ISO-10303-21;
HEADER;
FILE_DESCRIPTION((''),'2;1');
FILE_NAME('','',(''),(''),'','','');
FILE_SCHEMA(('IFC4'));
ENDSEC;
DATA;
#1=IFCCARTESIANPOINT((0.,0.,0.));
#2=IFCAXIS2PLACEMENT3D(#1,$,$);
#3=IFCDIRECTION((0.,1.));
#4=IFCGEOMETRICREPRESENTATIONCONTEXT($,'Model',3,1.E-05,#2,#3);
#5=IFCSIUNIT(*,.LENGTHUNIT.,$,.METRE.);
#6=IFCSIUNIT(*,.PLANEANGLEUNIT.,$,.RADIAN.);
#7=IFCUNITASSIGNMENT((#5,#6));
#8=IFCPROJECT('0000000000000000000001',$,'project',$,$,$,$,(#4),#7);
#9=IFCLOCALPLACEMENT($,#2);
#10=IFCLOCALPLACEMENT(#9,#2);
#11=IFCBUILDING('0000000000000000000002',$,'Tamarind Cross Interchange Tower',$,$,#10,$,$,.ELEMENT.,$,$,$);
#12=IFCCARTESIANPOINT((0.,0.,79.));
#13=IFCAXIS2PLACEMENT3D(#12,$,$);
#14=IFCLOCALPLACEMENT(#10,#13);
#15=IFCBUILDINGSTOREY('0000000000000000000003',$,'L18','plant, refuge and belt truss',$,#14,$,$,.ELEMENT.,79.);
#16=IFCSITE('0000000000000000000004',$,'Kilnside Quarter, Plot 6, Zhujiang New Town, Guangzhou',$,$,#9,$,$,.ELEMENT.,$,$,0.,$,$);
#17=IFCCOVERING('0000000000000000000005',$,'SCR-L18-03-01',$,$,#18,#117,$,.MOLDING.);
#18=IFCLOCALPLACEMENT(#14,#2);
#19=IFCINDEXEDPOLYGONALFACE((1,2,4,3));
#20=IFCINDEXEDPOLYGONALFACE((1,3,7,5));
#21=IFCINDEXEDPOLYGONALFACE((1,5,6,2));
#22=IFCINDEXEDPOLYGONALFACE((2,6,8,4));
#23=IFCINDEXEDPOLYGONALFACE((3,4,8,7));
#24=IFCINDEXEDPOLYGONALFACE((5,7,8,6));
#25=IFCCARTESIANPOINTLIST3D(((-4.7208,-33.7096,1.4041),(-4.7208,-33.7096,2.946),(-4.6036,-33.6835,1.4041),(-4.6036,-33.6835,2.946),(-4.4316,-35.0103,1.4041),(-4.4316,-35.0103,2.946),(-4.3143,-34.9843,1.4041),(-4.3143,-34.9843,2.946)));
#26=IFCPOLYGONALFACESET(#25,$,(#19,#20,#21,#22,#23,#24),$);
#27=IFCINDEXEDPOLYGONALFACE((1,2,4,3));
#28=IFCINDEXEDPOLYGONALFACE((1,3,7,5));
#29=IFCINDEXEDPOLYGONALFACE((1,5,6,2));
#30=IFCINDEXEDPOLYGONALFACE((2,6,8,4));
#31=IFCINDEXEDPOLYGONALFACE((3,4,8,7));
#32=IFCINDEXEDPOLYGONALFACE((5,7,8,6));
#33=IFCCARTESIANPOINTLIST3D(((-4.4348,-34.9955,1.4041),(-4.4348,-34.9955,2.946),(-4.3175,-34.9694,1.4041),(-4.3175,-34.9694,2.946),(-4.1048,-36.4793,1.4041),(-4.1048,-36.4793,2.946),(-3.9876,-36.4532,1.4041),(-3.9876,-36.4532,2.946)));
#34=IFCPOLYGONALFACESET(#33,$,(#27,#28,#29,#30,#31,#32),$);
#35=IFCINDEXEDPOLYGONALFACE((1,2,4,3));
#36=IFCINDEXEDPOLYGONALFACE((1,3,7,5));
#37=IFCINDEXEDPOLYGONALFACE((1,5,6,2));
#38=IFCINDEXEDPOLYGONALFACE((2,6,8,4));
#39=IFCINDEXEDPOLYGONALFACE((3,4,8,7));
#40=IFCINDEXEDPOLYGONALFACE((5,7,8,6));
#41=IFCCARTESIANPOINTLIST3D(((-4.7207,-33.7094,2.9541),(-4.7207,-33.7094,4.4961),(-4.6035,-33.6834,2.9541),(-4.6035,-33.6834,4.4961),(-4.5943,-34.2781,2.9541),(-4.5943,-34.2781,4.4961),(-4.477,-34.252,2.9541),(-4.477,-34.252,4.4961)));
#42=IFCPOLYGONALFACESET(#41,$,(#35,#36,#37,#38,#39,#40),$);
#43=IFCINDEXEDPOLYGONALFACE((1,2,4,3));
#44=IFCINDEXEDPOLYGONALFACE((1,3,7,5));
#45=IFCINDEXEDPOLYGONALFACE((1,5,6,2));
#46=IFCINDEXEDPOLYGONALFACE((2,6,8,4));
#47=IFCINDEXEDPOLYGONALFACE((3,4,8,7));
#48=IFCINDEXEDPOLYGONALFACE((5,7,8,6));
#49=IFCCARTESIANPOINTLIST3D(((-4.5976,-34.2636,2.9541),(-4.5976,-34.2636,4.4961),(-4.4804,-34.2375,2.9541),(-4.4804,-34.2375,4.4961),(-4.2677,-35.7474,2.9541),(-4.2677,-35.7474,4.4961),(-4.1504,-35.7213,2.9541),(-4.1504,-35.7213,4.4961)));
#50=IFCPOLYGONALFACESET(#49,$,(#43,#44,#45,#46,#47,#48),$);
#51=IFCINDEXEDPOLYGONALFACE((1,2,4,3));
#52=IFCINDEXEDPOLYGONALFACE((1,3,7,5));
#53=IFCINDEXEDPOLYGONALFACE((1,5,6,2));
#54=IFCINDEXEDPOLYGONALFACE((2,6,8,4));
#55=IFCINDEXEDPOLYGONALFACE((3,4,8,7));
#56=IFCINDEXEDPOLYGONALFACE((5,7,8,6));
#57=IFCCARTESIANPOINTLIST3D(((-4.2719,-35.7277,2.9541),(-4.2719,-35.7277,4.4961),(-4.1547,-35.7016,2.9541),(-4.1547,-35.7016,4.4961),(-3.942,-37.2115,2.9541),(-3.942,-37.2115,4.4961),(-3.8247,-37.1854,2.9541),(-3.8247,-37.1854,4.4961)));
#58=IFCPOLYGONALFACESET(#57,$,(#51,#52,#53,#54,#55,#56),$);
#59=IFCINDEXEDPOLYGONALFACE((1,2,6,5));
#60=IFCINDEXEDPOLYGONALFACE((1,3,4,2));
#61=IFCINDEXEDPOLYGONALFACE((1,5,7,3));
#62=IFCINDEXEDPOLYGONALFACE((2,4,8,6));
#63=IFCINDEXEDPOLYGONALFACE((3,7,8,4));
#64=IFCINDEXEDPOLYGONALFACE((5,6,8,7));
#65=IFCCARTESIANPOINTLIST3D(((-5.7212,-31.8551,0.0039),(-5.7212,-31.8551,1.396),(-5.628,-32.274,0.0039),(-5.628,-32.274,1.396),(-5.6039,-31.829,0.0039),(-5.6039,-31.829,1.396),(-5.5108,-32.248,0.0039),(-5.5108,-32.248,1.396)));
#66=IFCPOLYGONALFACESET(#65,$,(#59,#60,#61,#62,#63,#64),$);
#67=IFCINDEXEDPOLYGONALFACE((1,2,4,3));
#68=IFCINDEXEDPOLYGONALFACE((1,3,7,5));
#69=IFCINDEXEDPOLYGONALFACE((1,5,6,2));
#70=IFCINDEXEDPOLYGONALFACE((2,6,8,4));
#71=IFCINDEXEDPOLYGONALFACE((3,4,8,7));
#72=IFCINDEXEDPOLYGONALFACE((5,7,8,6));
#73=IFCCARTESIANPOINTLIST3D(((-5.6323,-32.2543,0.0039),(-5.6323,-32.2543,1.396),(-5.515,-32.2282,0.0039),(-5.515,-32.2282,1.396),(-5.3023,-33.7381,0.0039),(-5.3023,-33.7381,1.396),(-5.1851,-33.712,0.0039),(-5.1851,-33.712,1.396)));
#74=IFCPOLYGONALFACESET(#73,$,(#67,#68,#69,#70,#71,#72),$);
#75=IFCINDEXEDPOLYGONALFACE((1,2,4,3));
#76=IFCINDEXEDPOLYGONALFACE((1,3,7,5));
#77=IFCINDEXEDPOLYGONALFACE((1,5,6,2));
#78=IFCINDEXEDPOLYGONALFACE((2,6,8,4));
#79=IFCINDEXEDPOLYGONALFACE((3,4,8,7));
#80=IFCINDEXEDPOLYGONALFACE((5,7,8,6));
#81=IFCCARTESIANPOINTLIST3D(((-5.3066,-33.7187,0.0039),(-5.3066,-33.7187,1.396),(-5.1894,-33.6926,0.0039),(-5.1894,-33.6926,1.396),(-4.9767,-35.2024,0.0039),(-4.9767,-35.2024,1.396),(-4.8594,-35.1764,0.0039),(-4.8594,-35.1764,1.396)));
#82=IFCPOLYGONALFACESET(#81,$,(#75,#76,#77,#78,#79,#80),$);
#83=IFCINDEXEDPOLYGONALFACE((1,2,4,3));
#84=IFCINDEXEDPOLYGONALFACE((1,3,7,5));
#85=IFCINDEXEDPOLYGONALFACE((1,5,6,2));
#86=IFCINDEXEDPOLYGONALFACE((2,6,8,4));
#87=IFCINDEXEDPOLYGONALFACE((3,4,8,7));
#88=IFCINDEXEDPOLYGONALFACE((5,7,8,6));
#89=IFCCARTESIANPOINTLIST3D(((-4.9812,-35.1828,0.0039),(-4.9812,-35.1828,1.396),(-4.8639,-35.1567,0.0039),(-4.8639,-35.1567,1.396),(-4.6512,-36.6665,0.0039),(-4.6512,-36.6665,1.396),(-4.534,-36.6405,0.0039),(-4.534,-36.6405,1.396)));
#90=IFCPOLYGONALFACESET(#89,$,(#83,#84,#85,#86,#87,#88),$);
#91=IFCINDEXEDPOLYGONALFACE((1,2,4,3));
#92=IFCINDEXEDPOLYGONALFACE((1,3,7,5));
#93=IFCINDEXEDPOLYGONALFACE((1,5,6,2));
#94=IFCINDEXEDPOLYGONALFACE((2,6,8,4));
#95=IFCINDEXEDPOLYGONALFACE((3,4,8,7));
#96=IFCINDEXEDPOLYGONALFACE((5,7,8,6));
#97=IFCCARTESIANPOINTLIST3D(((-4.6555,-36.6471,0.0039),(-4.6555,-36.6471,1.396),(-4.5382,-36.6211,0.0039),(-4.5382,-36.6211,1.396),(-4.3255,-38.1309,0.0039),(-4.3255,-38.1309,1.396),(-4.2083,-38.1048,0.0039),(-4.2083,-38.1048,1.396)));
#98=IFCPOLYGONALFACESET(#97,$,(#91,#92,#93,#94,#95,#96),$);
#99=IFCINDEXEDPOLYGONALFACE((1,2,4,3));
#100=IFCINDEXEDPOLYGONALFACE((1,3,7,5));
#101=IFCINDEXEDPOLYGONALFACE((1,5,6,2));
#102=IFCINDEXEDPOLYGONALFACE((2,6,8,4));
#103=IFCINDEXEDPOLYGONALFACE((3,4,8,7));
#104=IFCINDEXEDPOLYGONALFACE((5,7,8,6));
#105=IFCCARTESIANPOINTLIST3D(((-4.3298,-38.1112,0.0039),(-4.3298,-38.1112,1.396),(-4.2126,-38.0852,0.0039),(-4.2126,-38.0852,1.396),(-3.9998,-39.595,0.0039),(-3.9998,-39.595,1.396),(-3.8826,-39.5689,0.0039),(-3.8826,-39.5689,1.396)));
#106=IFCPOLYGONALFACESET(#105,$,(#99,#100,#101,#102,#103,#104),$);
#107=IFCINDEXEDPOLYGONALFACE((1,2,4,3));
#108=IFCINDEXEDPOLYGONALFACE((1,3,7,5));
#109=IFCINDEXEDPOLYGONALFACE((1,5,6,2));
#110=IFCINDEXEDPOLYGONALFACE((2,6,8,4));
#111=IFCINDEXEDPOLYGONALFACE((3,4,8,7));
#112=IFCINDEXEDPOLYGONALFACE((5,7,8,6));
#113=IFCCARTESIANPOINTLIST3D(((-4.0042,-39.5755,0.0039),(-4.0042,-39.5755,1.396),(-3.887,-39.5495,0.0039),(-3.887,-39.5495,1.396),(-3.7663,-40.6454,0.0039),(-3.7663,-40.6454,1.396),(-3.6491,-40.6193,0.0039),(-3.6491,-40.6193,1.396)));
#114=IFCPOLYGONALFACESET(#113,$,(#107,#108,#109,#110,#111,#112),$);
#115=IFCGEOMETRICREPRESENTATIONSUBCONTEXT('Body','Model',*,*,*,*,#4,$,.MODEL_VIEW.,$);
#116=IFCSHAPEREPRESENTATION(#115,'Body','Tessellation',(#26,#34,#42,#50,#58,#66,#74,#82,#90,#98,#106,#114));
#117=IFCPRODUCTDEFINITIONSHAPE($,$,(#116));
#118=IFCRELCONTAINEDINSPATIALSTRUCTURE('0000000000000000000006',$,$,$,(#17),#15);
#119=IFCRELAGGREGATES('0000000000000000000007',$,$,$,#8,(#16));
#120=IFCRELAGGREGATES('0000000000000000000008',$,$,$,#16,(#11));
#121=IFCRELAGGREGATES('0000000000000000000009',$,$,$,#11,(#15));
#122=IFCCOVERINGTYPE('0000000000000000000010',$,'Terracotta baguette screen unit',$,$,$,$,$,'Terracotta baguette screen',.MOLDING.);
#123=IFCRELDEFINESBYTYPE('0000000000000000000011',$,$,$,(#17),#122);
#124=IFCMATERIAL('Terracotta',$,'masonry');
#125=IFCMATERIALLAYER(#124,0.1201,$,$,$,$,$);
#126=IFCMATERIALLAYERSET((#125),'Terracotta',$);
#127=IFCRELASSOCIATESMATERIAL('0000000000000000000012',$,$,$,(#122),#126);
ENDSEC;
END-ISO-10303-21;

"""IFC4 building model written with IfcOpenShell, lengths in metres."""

from ifc_helpers import new_model, si_unit, direction, frame, origin, origin_2d, place, context, subcontext, project, spatial, rectangle, extrude, material, layer, layer_set, type_object, element, save


model = new_model("IFC4")

# Units and contexts
model_context = context("Model", 3, precision=1e-05, world=origin(), true_north=direction((0.0, 1.0)))
body_context = subcontext(model_context, "Body", "Model", "MODEL_VIEW")
ifc_project = project(units=[si_unit("LENGTHUNIT", "METRE"), si_unit("PLANEANGLEUNIT", "RADIAN")], contexts=[model_context])

# Site, building, storey
site_placement = place(None, origin())
site = spatial("IfcSite", under=ifc_project, at=site_placement, Name="Kilnside Quarter, Plot 6, Zhujiang New Town, Guangzhou", CompositionType="ELEMENT", RefElevation=0.0)
building_placement = place(site_placement, origin())
building = spatial("IfcBuilding", under=site, at=building_placement, Name="Tamarind Cross Interchange Tower", CompositionType="ELEMENT")
storey_placement = place(building_placement, frame((0.0, 0.0, 79.0)))
storey = spatial("IfcBuildingStorey", under=building, at=storey_placement, Name="L18", Description="plant, refuge and belt truss", CompositionType="ELEMENT", Elevation=79.0)

# Covering
ifc_material_1 = material(Name="Terracotta", Category="masonry")
ifc_layer_1 = layer(ifc_material_1, 0.1201)
ifc_layer_set_1 = layer_set([ifc_layer_1], Name="Terracotta")
covering_type = type_object("IfcCoveringType", Name="Terracotta baguette screen unit", ElementType="Terracotta baguette screen", PredefinedType="MOLDING", material=ifc_layer_set_1)
covering_1_placement = place(storey_placement, origin())
element("IfcCovering", 1, at=covering_1_placement, inside=storey, type_object=covering_type, Name="SCR-L18-03-01", PredefinedType="MOLDING", context=body_context, shape_type="SweptSolid", body=[
    extrude(rectangle(XDim=1.3325, YDim=0.1201, at=origin_2d()), frame((-4.5176, -34.3469, 1.4041), z_axis=(0.0, 0.0, 1.0), x_axis=(0.21708, -0.976154, 0.0)), (0.0, 0.0, 1.0), 1.542),
    extrude(rectangle(XDim=1.52, YDim=0.1201, at=origin_2d()), frame((-4.2112, -35.7244, 1.4041), z_axis=(0.0, 0.0, 1.0), x_axis=(0.21708, -0.976154, 0.0)), (0.0, 0.0, 1.0), 1.542),
    extrude(rectangle(XDim=0.5825, YDim=0.1201, at=origin_2d()), frame((-4.5989, -33.9807, 2.9541), z_axis=(0.0, 0.0, 1.0), x_axis=(0.21708, -0.976154, 0.0)), (0.0, 0.0, 1.0), 1.542),
    extrude(rectangle(XDim=1.52, YDim=0.1201, at=origin_2d()), frame((-4.374, -34.9924, 2.9541), z_axis=(0.0, 0.0, 1.0), x_axis=(0.21708, -0.976154, 0.0)), (0.0, 0.0, 1.0), 1.542),
    extrude(rectangle(XDim=1.52, YDim=0.1201, at=origin_2d()), frame((-4.0483, -36.4565, 2.9541), z_axis=(0.0, 0.0, 1.0), x_axis=(0.21708, -0.976154, 0.0)), (0.0, 0.0, 1.0), 1.542),
    extrude(rectangle(XDim=0.4292, YDim=0.1201, at=origin_2d()), frame((-5.616, -32.0515, 0.0039), z_axis=(0.0, 0.0, 1.0), x_axis=(0.21708, -0.976154, 0.0)), (0.0, 0.0, 1.0), 1.3921),
    extrude(rectangle(XDim=1.52, YDim=0.1201, at=origin_2d()), frame((-5.4087, -32.9832, 0.0039), z_axis=(0.0, 0.0, 1.0), x_axis=(0.21708, -0.976154, 0.0)), (0.0, 0.0, 1.0), 1.3921),
    extrude(rectangle(XDim=1.52, YDim=0.1201, at=origin_2d()), frame((-5.083, -34.4475, 0.0039), z_axis=(0.0, 0.0, 1.0), x_axis=(0.21708, -0.976154, 0.0)), (0.0, 0.0, 1.0), 1.3921),
    extrude(rectangle(XDim=1.52, YDim=0.1201, at=origin_2d()), frame((-4.7576, -35.9116, 0.0039), z_axis=(0.0, 0.0, 1.0), x_axis=(0.21708, -0.976154, 0.0)), (0.0, 0.0, 1.0), 1.3921),
    extrude(rectangle(XDim=1.52, YDim=0.1201, at=origin_2d()), frame((-4.4319, -37.376, 0.0039), z_axis=(0.0, 0.0, 1.0), x_axis=(0.21708, -0.976154, 0.0)), (0.0, 0.0, 1.0), 1.3921),
    extrude(rectangle(XDim=1.52, YDim=0.1201, at=origin_2d()), frame((-4.1062, -38.8401, 0.0039), z_axis=(0.0, 0.0, 1.0), x_axis=(0.21708, -0.976154, 0.0)), (0.0, 0.0, 1.0), 1.3921),
    extrude(rectangle(XDim=1.0959, YDim=0.1201, at=origin_2d()), frame((-3.8267, -40.0974, 0.0039), z_axis=(0.0, 0.0, 1.0), x_axis=(0.21708, -0.976154, 0.0)), (0.0, 0.0, 1.0), 1.3921),
])

save(model, "model.ifc")
